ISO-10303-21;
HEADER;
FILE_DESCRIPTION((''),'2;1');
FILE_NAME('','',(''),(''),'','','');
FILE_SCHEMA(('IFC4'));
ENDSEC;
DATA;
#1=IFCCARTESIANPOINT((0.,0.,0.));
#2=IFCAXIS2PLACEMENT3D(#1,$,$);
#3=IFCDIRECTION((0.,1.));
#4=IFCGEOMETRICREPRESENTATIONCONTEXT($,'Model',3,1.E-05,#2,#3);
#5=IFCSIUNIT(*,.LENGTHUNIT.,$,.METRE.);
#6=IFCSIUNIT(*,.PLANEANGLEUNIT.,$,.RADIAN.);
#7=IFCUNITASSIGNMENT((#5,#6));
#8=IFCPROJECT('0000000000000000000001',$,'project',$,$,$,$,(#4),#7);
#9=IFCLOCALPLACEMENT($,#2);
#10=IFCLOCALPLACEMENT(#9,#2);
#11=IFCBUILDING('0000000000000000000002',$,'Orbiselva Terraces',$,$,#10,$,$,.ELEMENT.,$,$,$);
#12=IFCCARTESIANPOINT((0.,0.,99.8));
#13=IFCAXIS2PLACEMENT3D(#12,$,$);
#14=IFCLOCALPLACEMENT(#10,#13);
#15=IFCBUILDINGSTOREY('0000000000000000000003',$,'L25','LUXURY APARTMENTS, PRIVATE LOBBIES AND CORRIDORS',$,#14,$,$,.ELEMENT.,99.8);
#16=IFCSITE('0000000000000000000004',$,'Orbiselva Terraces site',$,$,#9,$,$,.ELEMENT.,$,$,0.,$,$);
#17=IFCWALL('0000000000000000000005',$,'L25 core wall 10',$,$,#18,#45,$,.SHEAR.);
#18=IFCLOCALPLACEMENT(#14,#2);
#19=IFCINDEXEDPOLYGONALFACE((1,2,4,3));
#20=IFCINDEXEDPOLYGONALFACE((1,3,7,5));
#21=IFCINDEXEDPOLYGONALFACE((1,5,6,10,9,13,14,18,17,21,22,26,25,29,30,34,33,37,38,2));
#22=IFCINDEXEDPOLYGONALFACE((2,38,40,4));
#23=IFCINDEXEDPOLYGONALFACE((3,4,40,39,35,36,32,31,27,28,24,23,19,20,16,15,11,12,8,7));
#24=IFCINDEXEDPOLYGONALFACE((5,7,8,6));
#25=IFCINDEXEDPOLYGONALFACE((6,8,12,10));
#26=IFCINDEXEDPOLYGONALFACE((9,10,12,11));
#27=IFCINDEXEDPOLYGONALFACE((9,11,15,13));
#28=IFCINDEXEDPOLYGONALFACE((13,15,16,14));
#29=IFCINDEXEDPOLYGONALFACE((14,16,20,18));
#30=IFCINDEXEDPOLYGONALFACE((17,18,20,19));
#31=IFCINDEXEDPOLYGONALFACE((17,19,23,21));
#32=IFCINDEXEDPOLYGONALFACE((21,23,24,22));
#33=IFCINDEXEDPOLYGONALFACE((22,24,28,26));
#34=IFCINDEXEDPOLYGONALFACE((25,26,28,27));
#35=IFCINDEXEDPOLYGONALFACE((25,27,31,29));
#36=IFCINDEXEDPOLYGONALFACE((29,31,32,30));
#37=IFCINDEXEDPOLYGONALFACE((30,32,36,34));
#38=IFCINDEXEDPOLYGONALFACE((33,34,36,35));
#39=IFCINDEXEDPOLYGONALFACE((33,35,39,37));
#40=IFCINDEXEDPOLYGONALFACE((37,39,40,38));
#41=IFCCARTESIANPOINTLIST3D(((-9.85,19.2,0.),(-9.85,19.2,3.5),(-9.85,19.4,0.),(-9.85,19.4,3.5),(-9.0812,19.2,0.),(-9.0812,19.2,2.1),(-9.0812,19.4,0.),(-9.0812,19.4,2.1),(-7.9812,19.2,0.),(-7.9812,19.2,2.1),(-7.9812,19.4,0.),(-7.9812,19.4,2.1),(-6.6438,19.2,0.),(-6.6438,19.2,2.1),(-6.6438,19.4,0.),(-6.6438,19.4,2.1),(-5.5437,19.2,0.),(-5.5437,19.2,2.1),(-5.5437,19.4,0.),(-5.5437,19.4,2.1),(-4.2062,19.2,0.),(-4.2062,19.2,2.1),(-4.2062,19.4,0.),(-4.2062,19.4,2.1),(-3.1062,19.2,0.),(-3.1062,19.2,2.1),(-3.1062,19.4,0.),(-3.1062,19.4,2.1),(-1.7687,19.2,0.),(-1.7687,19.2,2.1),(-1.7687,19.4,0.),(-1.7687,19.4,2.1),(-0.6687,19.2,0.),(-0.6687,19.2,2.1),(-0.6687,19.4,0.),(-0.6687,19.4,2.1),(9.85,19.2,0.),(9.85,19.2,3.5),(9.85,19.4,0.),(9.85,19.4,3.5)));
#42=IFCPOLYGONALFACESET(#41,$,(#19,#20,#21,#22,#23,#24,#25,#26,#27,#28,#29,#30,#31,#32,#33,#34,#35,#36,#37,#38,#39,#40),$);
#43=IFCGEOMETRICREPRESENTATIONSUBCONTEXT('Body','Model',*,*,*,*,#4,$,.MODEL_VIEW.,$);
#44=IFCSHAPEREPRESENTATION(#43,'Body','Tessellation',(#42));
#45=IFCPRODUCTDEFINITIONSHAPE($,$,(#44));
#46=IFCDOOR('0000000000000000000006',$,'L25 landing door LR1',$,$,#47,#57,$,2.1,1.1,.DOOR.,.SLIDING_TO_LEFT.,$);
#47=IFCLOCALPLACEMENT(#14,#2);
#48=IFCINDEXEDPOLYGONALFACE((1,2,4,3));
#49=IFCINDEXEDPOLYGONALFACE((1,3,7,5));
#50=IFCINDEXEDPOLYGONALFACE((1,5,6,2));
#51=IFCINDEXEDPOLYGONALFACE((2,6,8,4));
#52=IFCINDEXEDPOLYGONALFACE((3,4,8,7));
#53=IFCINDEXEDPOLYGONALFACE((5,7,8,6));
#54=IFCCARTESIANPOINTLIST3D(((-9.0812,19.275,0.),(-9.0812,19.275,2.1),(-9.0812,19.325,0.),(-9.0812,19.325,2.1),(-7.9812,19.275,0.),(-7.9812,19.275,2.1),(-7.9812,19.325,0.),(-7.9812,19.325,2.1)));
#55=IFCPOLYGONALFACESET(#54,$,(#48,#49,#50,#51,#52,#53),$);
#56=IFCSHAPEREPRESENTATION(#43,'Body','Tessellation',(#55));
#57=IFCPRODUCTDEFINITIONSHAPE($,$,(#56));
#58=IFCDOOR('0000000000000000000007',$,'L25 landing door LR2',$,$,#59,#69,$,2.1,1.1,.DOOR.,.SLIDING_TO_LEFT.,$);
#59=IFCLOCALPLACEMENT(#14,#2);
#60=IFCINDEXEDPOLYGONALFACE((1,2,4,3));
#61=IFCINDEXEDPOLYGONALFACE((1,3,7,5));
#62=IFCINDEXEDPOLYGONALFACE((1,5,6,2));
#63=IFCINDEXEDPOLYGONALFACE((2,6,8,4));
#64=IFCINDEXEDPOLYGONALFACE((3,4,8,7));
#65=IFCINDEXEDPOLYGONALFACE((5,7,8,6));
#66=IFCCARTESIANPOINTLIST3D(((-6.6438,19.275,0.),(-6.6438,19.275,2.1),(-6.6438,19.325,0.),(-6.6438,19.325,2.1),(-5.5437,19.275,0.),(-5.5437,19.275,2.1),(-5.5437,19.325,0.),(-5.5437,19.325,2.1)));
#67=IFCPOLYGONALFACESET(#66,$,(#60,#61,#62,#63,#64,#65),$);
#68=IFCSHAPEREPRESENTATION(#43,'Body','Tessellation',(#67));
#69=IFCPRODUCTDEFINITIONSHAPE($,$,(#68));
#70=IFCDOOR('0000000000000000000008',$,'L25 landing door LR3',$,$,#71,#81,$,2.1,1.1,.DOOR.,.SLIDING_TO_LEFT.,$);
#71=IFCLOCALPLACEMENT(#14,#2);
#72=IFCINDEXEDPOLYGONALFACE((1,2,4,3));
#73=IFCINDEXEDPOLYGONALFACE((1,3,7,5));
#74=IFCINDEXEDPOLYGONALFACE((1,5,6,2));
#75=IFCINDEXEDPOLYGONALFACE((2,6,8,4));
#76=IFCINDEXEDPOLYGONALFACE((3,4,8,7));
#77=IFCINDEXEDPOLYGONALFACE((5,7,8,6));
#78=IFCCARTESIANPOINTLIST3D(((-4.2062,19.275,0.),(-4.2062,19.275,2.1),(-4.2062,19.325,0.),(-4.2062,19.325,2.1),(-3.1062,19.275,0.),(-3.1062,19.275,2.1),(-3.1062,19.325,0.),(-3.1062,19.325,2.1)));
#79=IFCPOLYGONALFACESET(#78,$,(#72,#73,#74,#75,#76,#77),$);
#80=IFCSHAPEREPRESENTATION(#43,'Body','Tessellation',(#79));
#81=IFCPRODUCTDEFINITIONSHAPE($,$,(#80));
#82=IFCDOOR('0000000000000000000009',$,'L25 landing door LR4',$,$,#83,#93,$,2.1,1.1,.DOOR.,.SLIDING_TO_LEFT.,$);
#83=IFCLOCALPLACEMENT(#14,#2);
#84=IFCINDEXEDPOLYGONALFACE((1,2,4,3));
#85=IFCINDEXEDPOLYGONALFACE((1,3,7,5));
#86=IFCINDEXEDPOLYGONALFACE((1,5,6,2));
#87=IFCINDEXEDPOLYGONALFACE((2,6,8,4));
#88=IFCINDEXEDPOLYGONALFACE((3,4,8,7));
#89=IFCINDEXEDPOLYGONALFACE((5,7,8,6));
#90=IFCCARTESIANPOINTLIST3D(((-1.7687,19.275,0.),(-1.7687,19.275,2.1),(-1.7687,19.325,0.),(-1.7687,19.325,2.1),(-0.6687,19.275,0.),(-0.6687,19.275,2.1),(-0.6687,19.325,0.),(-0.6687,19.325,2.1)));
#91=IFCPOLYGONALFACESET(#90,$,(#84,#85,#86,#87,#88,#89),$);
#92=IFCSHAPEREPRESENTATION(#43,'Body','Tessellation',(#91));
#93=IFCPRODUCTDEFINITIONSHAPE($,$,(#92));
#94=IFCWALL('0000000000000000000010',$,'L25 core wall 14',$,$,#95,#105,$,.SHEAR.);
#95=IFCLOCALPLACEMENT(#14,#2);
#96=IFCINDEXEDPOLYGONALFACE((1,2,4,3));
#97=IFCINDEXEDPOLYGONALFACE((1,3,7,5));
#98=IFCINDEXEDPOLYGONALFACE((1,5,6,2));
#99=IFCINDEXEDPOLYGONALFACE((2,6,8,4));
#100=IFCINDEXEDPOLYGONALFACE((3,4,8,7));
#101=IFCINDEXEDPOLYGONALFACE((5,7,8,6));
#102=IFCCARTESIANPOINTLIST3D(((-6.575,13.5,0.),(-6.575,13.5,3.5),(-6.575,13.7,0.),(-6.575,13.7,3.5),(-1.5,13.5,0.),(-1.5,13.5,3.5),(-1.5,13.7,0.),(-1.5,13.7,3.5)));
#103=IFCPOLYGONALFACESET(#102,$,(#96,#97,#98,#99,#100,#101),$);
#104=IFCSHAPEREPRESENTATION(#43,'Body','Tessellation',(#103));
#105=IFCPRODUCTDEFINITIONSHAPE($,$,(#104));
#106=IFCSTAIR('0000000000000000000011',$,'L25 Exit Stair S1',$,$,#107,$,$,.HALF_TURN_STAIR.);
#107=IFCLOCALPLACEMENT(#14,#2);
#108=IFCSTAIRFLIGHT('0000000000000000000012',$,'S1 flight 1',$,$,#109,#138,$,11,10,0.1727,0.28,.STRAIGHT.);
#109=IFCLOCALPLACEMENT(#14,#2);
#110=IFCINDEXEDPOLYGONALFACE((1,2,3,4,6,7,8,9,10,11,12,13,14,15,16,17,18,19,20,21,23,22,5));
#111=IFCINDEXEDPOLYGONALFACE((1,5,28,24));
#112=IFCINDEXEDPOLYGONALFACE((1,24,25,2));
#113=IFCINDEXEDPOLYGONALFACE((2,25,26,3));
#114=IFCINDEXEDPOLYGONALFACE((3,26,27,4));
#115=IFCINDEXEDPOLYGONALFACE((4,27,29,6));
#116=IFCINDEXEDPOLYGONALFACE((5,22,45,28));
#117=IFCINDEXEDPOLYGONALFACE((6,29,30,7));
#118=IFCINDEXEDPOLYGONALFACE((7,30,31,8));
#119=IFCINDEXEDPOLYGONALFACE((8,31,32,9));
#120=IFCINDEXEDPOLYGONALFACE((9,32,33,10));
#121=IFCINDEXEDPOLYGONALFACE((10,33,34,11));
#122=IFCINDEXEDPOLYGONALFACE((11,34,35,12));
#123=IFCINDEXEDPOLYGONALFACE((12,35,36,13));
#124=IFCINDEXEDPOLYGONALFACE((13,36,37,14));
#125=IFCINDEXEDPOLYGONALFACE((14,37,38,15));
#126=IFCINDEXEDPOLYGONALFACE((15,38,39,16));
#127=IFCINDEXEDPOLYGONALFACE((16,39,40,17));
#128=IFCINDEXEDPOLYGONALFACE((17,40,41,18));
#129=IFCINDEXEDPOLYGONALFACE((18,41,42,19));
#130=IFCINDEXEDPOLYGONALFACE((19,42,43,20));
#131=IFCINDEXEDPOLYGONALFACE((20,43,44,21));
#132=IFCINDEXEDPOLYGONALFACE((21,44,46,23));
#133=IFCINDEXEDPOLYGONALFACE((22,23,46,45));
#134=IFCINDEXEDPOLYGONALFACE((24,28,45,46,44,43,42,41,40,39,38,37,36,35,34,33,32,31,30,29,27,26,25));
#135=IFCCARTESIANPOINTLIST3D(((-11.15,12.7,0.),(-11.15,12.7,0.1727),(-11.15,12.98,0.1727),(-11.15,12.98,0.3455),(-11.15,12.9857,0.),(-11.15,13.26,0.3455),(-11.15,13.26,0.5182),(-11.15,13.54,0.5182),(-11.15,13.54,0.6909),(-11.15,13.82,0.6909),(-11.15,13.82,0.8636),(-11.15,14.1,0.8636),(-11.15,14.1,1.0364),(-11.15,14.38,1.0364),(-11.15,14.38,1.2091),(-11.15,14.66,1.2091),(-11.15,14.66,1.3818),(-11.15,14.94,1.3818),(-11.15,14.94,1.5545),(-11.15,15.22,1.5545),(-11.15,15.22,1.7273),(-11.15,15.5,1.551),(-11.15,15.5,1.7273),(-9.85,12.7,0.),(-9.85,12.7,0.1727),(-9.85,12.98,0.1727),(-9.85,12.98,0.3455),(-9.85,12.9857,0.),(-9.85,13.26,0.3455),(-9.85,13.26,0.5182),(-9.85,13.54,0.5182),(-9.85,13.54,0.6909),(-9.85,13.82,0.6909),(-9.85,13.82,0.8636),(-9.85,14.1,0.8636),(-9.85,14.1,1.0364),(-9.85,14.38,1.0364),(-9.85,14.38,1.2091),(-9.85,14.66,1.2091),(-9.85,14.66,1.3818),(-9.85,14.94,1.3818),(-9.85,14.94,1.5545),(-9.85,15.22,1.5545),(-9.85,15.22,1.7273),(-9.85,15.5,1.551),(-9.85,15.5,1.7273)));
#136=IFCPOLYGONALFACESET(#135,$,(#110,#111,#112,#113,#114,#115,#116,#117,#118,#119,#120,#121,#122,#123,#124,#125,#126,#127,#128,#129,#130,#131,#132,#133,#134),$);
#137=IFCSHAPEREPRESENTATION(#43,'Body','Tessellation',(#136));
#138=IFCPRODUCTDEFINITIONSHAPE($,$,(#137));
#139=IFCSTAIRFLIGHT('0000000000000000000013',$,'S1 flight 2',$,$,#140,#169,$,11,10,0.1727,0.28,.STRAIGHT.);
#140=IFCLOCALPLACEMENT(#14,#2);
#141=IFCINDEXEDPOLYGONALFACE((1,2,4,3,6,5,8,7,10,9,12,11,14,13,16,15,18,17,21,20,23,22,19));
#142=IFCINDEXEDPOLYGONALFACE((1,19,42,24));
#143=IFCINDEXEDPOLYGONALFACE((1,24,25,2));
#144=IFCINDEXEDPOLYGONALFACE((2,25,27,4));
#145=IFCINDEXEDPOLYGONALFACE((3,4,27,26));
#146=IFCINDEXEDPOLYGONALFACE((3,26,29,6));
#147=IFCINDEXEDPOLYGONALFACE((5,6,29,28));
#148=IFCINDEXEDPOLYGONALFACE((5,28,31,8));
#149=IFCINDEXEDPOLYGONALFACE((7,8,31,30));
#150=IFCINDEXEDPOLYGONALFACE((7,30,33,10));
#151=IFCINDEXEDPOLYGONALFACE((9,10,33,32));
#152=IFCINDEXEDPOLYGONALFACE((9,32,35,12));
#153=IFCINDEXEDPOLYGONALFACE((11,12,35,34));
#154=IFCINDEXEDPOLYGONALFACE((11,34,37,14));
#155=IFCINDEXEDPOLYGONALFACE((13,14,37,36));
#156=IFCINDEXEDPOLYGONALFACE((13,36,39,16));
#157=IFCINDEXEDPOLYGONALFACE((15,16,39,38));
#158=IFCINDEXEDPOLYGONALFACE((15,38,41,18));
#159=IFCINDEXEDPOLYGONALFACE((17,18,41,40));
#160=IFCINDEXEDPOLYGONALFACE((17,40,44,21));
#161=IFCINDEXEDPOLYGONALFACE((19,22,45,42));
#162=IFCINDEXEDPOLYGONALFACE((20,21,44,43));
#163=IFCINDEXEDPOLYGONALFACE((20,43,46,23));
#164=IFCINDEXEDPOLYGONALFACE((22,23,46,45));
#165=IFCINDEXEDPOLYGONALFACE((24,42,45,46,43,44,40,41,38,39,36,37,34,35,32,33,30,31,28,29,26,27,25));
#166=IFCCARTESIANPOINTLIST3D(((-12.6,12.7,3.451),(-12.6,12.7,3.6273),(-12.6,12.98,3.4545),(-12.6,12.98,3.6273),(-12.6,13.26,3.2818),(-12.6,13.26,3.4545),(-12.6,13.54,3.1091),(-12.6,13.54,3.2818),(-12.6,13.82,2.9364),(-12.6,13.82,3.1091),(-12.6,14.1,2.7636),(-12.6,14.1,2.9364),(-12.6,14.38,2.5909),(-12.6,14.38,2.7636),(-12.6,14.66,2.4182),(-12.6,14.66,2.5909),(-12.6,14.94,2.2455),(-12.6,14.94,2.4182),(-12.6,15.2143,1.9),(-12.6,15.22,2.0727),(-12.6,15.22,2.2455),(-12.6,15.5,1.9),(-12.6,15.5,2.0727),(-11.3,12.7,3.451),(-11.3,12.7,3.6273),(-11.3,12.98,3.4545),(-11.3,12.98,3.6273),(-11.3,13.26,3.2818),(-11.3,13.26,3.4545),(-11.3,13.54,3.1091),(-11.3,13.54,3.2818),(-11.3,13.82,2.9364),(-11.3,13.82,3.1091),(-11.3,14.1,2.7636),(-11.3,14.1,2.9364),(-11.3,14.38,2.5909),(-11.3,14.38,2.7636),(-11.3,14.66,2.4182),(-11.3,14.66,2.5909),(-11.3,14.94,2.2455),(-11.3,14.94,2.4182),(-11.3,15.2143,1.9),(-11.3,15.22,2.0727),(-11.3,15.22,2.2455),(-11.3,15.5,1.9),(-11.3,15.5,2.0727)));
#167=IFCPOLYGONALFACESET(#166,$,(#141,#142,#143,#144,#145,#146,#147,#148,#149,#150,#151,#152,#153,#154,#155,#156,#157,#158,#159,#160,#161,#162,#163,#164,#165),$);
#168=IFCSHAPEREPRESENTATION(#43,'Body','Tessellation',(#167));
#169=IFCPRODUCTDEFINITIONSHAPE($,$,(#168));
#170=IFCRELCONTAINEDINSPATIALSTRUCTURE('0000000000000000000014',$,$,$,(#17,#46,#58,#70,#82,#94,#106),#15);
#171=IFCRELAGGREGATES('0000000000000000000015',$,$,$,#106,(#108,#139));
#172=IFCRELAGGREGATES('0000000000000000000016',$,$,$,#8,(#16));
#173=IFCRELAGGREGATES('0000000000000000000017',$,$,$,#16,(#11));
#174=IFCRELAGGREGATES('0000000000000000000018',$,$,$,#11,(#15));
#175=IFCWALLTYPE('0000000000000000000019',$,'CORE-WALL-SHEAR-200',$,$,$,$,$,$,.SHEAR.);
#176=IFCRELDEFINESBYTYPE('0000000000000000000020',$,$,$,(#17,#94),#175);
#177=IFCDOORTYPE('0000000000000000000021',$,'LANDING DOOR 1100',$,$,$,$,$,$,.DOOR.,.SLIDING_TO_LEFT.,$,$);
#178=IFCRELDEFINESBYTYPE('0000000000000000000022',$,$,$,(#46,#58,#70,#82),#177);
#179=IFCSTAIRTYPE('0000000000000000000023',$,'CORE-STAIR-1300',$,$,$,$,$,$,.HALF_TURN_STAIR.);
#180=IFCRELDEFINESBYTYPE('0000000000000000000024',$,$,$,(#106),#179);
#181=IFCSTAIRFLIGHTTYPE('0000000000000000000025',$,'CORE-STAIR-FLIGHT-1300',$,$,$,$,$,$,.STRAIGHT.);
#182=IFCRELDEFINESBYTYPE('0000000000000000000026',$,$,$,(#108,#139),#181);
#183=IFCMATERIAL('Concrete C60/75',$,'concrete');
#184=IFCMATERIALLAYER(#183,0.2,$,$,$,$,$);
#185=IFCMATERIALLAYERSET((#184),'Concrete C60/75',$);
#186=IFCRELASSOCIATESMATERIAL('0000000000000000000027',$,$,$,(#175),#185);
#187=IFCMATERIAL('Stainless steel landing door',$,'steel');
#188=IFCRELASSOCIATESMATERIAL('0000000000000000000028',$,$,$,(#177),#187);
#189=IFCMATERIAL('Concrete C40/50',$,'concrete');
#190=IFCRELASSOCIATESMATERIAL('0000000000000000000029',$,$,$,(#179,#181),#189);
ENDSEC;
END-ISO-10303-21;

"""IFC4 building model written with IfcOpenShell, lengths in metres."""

from ifc_helpers import new_model, si_unit, direction, frame, frame_2d, origin, place, context, subcontext, project, spatial, polyline, rectangle, outline, extrude, material, layer, layer_set, type_object, element, fill, aggregate, save


model = new_model("IFC4")

# Units and contexts
model_context = context("Model", 3, precision=1e-05, world=origin(), true_north=direction((0.0, 1.0)))
body_context = subcontext(model_context, "Body", "Model", "MODEL_VIEW")
ifc_project = project(units=[si_unit("LENGTHUNIT", "METRE"), si_unit("PLANEANGLEUNIT", "RADIAN")], contexts=[model_context])

# Site, building, storey
site_placement = place(None, origin())
site = spatial("IfcSite", under=ifc_project, at=site_placement, Name="Orbiselva Terraces site", CompositionType="ELEMENT", RefElevation=0.0)
building_placement = place(site_placement, origin())
building = spatial("IfcBuilding", under=site, at=building_placement, Name="Orbiselva Terraces", CompositionType="ELEMENT")
storey_placement = place(building_placement, frame((0.0, 0.0, 99.8)))
storey = spatial("IfcBuildingStorey", under=building, at=storey_placement, Name="L25", Description="LUXURY APARTMENTS, PRIVATE LOBBIES AND CORRIDORS", CompositionType="ELEMENT", Elevation=99.8)

# Shared definitions
ifc_material_1 = material(Name="Concrete C40/50", Category="concrete")
ifc_material_2 = material(Name="Concrete C60/75", Category="concrete")
ifc_layer_1 = layer(ifc_material_2, 0.2)
ifc_layer_set_1 = layer_set([ifc_layer_1], Name="Concrete C60/75")
wall_type_1 = type_object("IfcWallType", Name="CORE-WALL-SHEAR-200", PredefinedType="SHEAR", material=ifc_layer_set_1)

# Wall, openings, doors
wall_1_placement = place(storey_placement, frame((-9.85, 19.3, 0.0), z_axis=(0.0, 0.0, 1.0), x_axis=(1.0, 0.0, 0.0)))
wall_1 = element("IfcWall", 1, at=wall_1_placement, inside=storey, type_object=wall_type_1, Name="L25 core wall 10", PredefinedType="SHEAR", context=body_context, shape_type="SweptSolid", body=[
    extrude(rectangle(XDim=19.7, YDim=0.2, at=frame_2d((9.85, 0.0))), origin(), (0.0, 0.0, 1.0), 3.5),
])
opening_1_placement = place(wall_1_placement, frame((0.7688, 0.0, 0.0)))
opening_1 = element("IfcOpeningElement", 2, at=opening_1_placement, cuts=wall_1, PredefinedType="OPENING", context=body_context, shape_type="SweptSolid", body=[
    extrude(rectangle(XDim=1.1, YDim=2.1, at=frame_2d((0.55, 1.05))), frame((0.0, 0.11, 0.0), z_axis=(0.0, -1.0, 0.0), x_axis=(1.0, 0.0, 0.0)), (0.0, 0.0, 1.0), 0.22),
])
opening_2_placement = place(wall_1_placement, frame((3.2062, 0.0, 0.0)))
opening_2 = element("IfcOpeningElement", 3, at=opening_2_placement, cuts=wall_1, PredefinedType="OPENING", context=body_context, shape_type="SweptSolid", body=[
    extrude(rectangle(XDim=1.1, YDim=2.1, at=frame_2d((0.55, 1.05))), frame((0.0, 0.11, 0.0), z_axis=(0.0, -1.0, 0.0), x_axis=(1.0, 0.0, 0.0)), (0.0, 0.0, 1.0), 0.22),
])
opening_3_placement = place(wall_1_placement, frame((5.6437, 0.0, 0.0)))
opening_3 = element("IfcOpeningElement", 4, at=opening_3_placement, cuts=wall_1, PredefinedType="OPENING", context=body_context, shape_type="SweptSolid", body=[
    extrude(rectangle(XDim=1.1, YDim=2.1, at=frame_2d((0.55, 1.05))), frame((0.0, 0.11, 0.0), z_axis=(0.0, -1.0, 0.0), x_axis=(1.0, 0.0, 0.0)), (0.0, 0.0, 1.0), 0.22),
])
opening_4_placement = place(wall_1_placement, frame((8.0813, 0.0, 0.0)))
opening_4 = element("IfcOpeningElement", 5, at=opening_4_placement, cuts=wall_1, PredefinedType="OPENING", context=body_context, shape_type="SweptSolid", body=[
    extrude(rectangle(XDim=1.1, YDim=2.1, at=frame_2d((0.55, 1.05))), frame((0.0, 0.11, 0.0), z_axis=(0.0, -1.0, 0.0), x_axis=(1.0, 0.0, 0.0)), (0.0, 0.0, 1.0), 0.22),
])
ifc_material_3 = material(Name="Stainless steel landing door", Category="steel")
door_type_1 = type_object("IfcDoorType", Name="LANDING DOOR 1100", OperationType="SLIDING_TO_LEFT", PredefinedType="DOOR", material=ifc_material_3)
door_1_placement = place(opening_1_placement, origin())
door_1 = element("IfcDoor", 6, at=door_1_placement, inside=storey, type_object=door_type_1, Name="L25 landing door LR1", OperationType="SLIDING_TO_LEFT", OverallHeight=2.1, OverallWidth=1.1, PredefinedType="DOOR", context=body_context, shape_type="SweptSolid", body=[
    extrude(rectangle(XDim=1.1, YDim=2.1, at=frame_2d((0.55, 1.05))), frame((0.0, 0.025, 0.0), z_axis=(0.0, -1.0, 0.0), x_axis=(1.0, 0.0, 0.0)), (0.0, 0.0, 1.0), 0.05),
])
fill(opening_1, door_1)
door_2_placement = place(opening_2_placement, origin())
door_2 = element("IfcDoor", 7, at=door_2_placement, inside=storey, type_object=door_type_1, Name="L25 landing door LR2", OperationType="SLIDING_TO_LEFT", OverallHeight=2.1, OverallWidth=1.1, PredefinedType="DOOR", context=body_context, shape_type="SweptSolid", body=[
    extrude(rectangle(XDim=1.1, YDim=2.1, at=frame_2d((0.55, 1.05))), frame((0.0, 0.025, 0.0), z_axis=(0.0, -1.0, 0.0), x_axis=(1.0, 0.0, 0.0)), (0.0, 0.0, 1.0), 0.05),
])
fill(opening_2, door_2)
door_3_placement = place(opening_3_placement, origin())
door_3 = element("IfcDoor", 8, at=door_3_placement, inside=storey, type_object=door_type_1, Name="L25 landing door LR3", OperationType="SLIDING_TO_LEFT", OverallHeight=2.1, OverallWidth=1.1, PredefinedType="DOOR", context=body_context, shape_type="SweptSolid", body=[
    extrude(rectangle(XDim=1.1, YDim=2.1, at=frame_2d((0.55, 1.05))), frame((0.0, 0.025, 0.0), z_axis=(0.0, -1.0, 0.0), x_axis=(1.0, 0.0, 0.0)), (0.0, 0.0, 1.0), 0.05),
])
fill(opening_3, door_3)
door_4_placement = place(opening_4_placement, origin())
door_4 = element("IfcDoor", 9, at=door_4_placement, inside=storey, type_object=door_type_1, Name="L25 landing door LR4", OperationType="SLIDING_TO_LEFT", OverallHeight=2.1, OverallWidth=1.1, PredefinedType="DOOR", context=body_context, shape_type="SweptSolid", body=[
    extrude(rectangle(XDim=1.1, YDim=2.1, at=frame_2d((0.55, 1.05))), frame((0.0, 0.025, 0.0), z_axis=(0.0, -1.0, 0.0), x_axis=(1.0, 0.0, 0.0)), (0.0, 0.0, 1.0), 0.05),
])
fill(opening_4, door_4)

# Wall
wall_2_placement = place(storey_placement, frame((-6.575, 13.6, 0.0), z_axis=(0.0, 0.0, 1.0), x_axis=(1.0, 0.0, 0.0)))
element("IfcWall", 10, at=wall_2_placement, inside=storey, type_object=wall_type_1, Name="L25 core wall 14", PredefinedType="SHEAR", context=body_context, shape_type="SweptSolid", body=[
    extrude(rectangle(XDim=5.075, YDim=0.2, at=frame_2d((2.5375, 0.0))), origin(), (0.0, 0.0, 1.0), 3.5),
])

# Stair, stair flights
stair_type = type_object("IfcStairType", Name="CORE-STAIR-1300", PredefinedType="HALF_TURN_STAIR", material=ifc_material_1)
stair_placement = place(storey_placement, origin())
stair = element("IfcStair", 11, at=stair_placement, inside=storey, type_object=stair_type, Name="L25 Exit Stair S1", PredefinedType="HALF_TURN_STAIR")
stair_flight_type = type_object("IfcStairFlightType", Name="CORE-STAIR-FLIGHT-1300", PredefinedType="STRAIGHT", material=ifc_material_1)
stair_flight_1_placement = place(storey_placement, frame((-10.5, 12.7, 0.0), z_axis=(0.0, 0.0, 1.0), x_axis=(0.0, 1.0, 0.0)))
stair_flight_1 = element("IfcStairFlight", 12, at=stair_flight_1_placement, type_object=stair_flight_type, Name="S1 flight 1", NumberOfRisers=11, NumberOfTreads=10, PredefinedType="STRAIGHT", RiserHeight=0.1727, TreadLength=0.28, context=body_context, shape_type="SweptSolid", body=[
    extrude(outline(polyline([(0.0, 0.0), (0.0, 0.1727), (0.28, 0.1727), (0.28, 0.3455), (0.56, 0.3455), (0.56, 0.5182), (0.84, 0.5182), (0.84, 0.6909), (1.12, 0.6909), (1.12, 0.8636), (1.4, 0.8636), (1.4, 1.0364), (1.68, 1.0364), (1.68, 1.2091), (1.96, 1.2091), (1.96, 1.3818), (2.24, 1.3818), (2.24, 1.5545), (2.52, 1.5545), (2.52, 1.7273), (2.8, 1.7273), (2.8, 1.9), (2.8, 1.551), (0.2857, 0.0), (0.0, 0.0)])), frame((0.0, 0.65, 0.0), z_axis=(0.0, -1.0, 0.0), x_axis=(1.0, 0.0, 0.0)), (0.0, 0.0, 1.0), 1.3),
])
stair_flight_2_placement = place(storey_placement, frame((-11.95, 15.5, 1.9), z_axis=(0.0, 0.0, 1.0), x_axis=(0.0, -1.0, 0.0)))
stair_flight_2 = element("IfcStairFlight", 13, at=stair_flight_2_placement, type_object=stair_flight_type, Name="S1 flight 2", NumberOfRisers=11, NumberOfTreads=10, PredefinedType="STRAIGHT", RiserHeight=0.1727, TreadLength=0.28, context=body_context, shape_type="SweptSolid", body=[
    extrude(outline(polyline([(0.0, 0.0), (0.0, 0.1727), (0.28, 0.1727), (0.28, 0.3455), (0.56, 0.3455), (0.56, 0.5182), (0.84, 0.5182), (0.84, 0.6909), (1.12, 0.6909), (1.12, 0.8636), (1.4, 0.8636), (1.4, 1.0364), (1.68, 1.0364), (1.68, 1.2091), (1.96, 1.2091), (1.96, 1.3818), (2.24, 1.3818), (2.24, 1.5545), (2.52, 1.5545), (2.52, 1.7273), (2.8, 1.7273), (2.8, 1.9), (2.8, 1.551), (0.2857, 0.0), (0.0, 0.0)])), frame((0.0, 0.65, 0.0), z_axis=(0.0, -1.0, 0.0), x_axis=(1.0, 0.0, 0.0)), (0.0, 0.0, 1.0), 1.3),
])
aggregate(stair, [stair_flight_1, stair_flight_2])

save(model, "model.ifc")
